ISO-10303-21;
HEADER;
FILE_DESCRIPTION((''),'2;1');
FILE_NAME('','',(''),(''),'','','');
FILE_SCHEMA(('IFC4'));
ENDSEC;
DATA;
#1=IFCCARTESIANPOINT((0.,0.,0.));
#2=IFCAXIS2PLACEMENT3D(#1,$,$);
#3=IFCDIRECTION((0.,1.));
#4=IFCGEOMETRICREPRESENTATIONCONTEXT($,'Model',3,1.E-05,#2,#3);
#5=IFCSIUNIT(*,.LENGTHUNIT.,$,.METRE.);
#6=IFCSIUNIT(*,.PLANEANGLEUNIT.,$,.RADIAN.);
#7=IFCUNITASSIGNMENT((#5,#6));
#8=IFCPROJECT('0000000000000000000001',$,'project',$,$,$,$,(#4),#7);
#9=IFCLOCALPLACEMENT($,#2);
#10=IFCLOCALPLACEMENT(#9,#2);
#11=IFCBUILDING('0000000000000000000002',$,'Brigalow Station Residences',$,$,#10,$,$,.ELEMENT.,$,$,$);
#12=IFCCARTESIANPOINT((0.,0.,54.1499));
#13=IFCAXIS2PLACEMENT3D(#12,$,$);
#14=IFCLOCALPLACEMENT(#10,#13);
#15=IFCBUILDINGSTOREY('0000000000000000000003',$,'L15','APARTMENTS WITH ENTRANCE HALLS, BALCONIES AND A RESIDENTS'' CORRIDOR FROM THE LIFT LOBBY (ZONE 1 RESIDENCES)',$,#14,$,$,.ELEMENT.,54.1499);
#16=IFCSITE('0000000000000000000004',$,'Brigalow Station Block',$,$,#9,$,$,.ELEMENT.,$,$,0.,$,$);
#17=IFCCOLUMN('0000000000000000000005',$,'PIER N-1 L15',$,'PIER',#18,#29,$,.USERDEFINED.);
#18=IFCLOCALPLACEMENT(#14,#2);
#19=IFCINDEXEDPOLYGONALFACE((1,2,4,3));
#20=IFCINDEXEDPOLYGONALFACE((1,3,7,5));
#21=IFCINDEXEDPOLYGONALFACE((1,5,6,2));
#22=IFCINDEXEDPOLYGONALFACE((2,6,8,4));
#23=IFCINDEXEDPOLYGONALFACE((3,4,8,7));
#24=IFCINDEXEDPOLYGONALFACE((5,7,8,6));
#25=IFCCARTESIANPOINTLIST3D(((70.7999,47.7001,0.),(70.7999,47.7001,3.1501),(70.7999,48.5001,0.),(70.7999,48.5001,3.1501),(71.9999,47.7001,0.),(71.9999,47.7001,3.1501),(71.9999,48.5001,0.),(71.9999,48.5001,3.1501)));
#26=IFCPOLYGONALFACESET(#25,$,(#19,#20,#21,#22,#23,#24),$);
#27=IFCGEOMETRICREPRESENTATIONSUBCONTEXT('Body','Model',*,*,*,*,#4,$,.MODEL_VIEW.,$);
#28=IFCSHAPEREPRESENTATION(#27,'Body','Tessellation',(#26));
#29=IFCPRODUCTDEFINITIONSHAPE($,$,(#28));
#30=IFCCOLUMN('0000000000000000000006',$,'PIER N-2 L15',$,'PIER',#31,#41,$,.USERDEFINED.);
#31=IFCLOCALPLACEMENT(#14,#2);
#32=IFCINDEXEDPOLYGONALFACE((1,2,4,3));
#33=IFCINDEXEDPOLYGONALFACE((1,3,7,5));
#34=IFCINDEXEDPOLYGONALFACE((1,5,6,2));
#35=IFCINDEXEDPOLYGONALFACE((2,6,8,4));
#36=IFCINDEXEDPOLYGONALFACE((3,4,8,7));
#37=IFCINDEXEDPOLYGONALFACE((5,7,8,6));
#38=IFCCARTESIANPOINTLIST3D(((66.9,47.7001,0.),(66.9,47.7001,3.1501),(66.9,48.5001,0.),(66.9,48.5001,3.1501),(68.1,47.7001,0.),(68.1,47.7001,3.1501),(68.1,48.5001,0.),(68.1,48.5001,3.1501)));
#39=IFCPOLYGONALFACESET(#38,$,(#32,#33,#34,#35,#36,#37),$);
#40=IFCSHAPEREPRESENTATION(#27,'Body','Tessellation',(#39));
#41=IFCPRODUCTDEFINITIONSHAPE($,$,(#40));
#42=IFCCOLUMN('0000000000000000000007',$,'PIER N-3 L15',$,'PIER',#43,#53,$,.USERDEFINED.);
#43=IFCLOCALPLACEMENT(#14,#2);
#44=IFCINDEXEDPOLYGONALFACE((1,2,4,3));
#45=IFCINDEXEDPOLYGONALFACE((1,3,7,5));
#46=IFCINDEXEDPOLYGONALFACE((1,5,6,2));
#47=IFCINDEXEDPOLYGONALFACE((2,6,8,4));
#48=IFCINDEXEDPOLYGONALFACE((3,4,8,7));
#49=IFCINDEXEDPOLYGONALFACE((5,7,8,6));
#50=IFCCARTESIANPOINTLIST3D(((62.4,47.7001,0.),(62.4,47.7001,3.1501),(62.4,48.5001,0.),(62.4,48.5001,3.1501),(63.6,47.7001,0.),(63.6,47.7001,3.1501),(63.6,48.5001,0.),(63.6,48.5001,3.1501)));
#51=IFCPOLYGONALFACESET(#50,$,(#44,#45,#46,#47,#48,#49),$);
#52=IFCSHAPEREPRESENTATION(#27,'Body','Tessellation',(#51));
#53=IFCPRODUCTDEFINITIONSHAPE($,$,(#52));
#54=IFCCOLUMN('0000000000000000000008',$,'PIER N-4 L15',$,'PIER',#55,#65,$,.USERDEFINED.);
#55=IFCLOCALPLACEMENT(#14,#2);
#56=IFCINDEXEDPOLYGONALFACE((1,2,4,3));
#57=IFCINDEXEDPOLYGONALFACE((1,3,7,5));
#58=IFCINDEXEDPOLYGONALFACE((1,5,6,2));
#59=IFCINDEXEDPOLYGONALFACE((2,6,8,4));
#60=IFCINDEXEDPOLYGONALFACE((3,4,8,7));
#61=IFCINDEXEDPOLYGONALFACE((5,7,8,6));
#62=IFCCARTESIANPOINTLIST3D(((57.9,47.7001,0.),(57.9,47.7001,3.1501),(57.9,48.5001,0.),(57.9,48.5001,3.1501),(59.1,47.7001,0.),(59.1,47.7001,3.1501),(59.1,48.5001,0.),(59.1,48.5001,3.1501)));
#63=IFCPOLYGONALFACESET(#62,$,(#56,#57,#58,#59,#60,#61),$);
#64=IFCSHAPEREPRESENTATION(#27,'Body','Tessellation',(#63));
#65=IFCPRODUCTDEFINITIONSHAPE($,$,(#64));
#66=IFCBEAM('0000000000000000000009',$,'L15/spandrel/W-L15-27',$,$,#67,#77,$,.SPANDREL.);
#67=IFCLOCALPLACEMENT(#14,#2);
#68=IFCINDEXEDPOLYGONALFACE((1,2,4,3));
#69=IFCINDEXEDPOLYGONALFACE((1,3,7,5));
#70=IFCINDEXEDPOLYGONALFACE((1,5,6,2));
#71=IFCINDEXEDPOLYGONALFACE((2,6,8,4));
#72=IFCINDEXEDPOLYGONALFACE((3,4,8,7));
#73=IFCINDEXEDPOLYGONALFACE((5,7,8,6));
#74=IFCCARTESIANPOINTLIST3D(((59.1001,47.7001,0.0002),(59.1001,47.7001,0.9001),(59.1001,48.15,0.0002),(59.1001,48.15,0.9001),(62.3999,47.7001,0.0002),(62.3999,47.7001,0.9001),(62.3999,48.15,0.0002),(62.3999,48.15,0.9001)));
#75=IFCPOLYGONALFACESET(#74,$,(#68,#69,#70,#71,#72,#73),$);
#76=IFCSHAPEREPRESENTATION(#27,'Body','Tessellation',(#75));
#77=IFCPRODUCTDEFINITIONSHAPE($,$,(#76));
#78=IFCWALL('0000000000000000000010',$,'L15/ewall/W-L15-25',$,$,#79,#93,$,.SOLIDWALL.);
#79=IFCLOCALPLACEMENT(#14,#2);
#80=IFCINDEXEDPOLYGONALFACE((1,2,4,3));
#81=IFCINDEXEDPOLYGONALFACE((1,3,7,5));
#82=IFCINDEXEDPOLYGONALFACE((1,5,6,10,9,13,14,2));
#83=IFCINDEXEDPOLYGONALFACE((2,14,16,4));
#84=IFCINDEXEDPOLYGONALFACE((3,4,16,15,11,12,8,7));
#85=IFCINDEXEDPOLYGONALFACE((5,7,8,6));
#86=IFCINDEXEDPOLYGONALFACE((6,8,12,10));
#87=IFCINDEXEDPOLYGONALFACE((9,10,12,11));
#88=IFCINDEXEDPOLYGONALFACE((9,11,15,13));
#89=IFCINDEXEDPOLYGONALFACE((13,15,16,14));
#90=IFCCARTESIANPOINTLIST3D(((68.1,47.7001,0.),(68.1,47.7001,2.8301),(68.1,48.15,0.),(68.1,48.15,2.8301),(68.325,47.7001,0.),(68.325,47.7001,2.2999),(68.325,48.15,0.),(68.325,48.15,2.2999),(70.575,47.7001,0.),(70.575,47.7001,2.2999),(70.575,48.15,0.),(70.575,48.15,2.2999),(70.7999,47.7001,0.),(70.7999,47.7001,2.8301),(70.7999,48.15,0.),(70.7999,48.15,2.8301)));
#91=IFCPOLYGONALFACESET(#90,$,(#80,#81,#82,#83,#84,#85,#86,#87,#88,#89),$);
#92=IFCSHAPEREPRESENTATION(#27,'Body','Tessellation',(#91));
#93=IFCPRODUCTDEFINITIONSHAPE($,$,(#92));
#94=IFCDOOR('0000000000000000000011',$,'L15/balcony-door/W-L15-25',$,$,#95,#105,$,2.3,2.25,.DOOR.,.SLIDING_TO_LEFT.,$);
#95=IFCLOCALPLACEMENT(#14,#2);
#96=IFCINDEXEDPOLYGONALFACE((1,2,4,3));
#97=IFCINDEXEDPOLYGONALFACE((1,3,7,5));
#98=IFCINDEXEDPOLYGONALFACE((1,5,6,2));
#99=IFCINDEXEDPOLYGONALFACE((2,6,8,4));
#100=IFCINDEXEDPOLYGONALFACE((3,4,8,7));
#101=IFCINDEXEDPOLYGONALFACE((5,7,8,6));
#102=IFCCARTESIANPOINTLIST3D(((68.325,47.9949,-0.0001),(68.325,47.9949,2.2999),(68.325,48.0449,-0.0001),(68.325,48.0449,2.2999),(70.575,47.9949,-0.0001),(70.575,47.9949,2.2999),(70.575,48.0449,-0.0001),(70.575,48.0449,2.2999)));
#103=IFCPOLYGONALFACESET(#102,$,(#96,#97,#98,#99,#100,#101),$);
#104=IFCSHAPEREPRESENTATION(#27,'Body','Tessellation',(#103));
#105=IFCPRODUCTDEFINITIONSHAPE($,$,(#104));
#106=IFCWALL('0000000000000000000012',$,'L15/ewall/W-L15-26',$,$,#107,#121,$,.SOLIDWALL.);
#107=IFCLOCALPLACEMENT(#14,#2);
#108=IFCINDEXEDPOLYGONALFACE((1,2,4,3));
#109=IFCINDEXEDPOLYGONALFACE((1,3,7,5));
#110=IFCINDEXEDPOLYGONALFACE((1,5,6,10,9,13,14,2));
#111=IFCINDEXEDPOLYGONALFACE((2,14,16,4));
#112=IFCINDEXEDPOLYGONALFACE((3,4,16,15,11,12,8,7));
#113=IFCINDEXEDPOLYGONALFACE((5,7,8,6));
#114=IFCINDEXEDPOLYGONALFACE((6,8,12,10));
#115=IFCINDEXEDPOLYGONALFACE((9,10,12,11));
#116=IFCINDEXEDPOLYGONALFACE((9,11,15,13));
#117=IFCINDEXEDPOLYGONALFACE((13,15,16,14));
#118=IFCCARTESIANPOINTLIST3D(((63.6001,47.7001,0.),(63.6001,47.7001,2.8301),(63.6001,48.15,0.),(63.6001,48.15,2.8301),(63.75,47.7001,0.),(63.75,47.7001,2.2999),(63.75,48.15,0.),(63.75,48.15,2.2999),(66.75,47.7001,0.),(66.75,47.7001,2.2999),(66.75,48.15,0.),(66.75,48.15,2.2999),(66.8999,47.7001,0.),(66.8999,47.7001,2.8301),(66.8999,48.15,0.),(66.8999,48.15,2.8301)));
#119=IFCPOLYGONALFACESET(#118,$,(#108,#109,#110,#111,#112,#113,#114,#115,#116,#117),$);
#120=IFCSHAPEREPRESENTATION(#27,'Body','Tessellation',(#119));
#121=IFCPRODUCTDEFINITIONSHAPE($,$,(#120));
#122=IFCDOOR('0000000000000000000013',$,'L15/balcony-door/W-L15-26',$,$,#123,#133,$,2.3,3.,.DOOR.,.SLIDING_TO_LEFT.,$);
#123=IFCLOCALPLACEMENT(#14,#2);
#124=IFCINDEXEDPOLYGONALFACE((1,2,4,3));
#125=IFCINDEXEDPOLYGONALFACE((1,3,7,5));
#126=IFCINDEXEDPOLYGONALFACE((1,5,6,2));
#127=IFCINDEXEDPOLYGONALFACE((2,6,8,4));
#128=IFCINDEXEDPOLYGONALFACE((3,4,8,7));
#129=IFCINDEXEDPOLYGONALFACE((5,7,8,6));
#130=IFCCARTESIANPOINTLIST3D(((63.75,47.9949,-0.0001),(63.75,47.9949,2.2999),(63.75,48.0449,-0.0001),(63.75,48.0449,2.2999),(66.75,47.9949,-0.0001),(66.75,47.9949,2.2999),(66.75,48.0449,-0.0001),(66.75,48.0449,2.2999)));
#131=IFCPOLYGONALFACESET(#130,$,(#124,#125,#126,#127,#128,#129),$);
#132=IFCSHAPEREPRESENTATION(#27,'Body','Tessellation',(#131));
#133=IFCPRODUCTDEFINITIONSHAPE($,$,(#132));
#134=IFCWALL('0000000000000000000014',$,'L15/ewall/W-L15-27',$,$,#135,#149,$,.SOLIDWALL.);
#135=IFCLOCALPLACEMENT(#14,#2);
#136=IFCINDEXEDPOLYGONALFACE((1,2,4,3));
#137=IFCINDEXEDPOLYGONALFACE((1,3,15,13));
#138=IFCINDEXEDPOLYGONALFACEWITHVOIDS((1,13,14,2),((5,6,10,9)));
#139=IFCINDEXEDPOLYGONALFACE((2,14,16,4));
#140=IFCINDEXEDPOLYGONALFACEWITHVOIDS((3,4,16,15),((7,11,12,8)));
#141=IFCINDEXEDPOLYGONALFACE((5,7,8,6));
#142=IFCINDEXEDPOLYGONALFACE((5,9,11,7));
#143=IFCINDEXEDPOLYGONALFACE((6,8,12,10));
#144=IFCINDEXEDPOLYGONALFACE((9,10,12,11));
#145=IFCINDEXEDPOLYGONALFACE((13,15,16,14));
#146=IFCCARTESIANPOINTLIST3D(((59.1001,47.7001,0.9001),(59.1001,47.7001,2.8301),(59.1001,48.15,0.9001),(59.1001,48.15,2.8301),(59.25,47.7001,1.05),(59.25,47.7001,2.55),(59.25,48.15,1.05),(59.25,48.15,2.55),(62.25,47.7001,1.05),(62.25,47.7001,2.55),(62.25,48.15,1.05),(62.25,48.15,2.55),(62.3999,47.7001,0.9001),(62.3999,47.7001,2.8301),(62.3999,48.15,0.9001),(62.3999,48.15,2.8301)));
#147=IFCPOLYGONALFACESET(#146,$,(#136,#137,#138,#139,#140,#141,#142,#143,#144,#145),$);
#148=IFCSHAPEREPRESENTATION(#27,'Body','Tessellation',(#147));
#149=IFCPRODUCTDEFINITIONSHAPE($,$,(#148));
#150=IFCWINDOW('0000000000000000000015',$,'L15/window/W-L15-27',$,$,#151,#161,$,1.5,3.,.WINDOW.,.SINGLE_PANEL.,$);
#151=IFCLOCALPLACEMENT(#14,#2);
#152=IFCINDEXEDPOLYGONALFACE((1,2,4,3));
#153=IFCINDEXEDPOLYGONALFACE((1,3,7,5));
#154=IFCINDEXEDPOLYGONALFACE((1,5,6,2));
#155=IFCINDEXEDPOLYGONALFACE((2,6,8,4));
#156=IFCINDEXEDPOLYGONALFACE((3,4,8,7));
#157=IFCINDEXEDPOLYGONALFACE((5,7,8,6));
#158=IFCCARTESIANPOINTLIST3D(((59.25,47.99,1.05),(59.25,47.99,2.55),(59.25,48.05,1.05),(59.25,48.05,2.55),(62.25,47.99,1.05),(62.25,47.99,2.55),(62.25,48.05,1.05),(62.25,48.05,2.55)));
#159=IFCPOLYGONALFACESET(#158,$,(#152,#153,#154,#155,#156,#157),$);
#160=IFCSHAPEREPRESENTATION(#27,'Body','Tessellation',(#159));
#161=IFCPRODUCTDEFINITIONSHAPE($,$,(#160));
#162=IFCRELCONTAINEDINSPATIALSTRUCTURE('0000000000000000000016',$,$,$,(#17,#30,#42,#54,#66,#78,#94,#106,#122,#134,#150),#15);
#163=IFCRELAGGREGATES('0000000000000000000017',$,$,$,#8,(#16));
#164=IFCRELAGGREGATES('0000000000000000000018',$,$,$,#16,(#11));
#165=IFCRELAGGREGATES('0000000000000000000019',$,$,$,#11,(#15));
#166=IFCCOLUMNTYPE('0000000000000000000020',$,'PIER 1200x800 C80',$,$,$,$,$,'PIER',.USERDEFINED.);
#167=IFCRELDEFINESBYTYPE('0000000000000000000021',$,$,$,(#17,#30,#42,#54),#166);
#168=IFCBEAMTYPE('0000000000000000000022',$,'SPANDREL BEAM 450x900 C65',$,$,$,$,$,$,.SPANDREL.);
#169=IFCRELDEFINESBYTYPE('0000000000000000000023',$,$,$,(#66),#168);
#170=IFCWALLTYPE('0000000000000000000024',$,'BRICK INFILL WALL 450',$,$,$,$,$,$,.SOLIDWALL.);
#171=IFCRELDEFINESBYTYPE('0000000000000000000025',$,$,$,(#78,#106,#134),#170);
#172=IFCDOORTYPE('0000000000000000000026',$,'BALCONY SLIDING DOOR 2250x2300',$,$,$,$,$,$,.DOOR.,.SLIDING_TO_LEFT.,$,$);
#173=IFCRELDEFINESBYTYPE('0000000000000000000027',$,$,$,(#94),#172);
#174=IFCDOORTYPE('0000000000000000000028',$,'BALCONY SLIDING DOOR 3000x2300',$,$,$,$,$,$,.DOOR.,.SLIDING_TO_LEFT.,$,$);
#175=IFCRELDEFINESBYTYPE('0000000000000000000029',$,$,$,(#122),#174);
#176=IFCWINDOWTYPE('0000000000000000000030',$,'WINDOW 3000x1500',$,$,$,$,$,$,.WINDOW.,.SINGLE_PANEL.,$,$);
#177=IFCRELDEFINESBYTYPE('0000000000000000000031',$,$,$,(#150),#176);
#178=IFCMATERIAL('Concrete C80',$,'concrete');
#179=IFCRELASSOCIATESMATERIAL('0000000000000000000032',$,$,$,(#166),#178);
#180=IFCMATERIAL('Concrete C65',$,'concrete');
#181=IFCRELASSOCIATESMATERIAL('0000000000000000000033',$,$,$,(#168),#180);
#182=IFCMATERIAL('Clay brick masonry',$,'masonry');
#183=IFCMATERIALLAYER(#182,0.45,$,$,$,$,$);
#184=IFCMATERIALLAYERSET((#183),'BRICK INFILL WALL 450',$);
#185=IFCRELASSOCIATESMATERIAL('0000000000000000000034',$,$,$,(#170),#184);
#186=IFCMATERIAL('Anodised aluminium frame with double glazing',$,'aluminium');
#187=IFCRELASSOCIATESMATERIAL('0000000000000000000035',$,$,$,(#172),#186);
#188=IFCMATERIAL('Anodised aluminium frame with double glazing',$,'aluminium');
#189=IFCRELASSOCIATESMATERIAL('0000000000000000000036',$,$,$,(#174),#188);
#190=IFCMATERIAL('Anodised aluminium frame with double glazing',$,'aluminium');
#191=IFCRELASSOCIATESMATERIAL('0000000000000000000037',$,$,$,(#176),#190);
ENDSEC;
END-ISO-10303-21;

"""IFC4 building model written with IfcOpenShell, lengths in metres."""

from ifc_helpers import new_model, si_unit, direction, frame, frame_2d, origin, origin_2d, place, context, subcontext, project, spatial, rectangle, extrude, material, layer, layer_set, material_profile, profile_set, type_object, element, fill, save


model = new_model("IFC4")

# Units and contexts
model_context = context("Model", 3, precision=1e-05, world=origin(), true_north=direction((0.0, 1.0)))
body_context = subcontext(model_context, "Body", "Model", "MODEL_VIEW")
ifc_project = project(units=[si_unit("LENGTHUNIT", "METRE"), si_unit("PLANEANGLEUNIT", "RADIAN")], contexts=[model_context])

# Site, building, storey
site_placement = place(None, origin())
site = spatial("IfcSite", under=ifc_project, at=site_placement, Name="Brigalow Station Block", CompositionType="ELEMENT", RefElevation=0.0)
building_placement = place(site_placement, origin())
building = spatial("IfcBuilding", under=site, at=building_placement, Name="Brigalow Station Residences", CompositionType="ELEMENT")
storey_placement = place(building_placement, frame((0.0, 0.0, 54.1499)))
storey = spatial("IfcBuildingStorey", under=building, at=storey_placement, Name="L15", Description="APARTMENTS WITH ENTRANCE HALLS, BALCONIES AND A RESIDENTS' CORRIDOR FROM THE LIFT LOBBY (ZONE 1 RESIDENCES)", CompositionType="ELEMENT", Elevation=54.1499)

# Columns
ifc_material_1 = material(Name="Concrete C80", Category="concrete")
ifc_material_profile_1 = material_profile(ifc_material_1, rectangle(XDim=1.2, YDim=0.8, at=origin_2d()), Name="RC1200x800")
ifc_profile_set_1 = profile_set([ifc_material_profile_1], Name="Concrete C80")
column_type = type_object("IfcColumnType", Name="PIER 1200x800 C80", ElementType="PIER", PredefinedType="USERDEFINED", material=ifc_profile_set_1)
for number, where, z_axis, x_axis, name in (
    (1, (71.3999, 48.1001, 0.0), (0.0, 0.0, 1.0), (-1.0, 0.0, 0.0), "PIER N-1 L15"),
    (2, (67.5, 48.1001, 0.0), (0.0, 0.0, 1.0), (-1.0, 0.0, 0.0), "PIER N-2 L15"),
    (3, (63.0, 48.1001, 0.0), (0.0, 0.0, 1.0), (-1.0, 0.0, 0.0), "PIER N-3 L15"),
    (4, (58.5, 48.1001, 0.0), (0.0, 0.0, 1.0), (-1.0, 0.0, 0.0), "PIER N-4 L15"),
):
    element("IfcColumn", number, at=place(storey_placement, frame(where, z_axis=z_axis, x_axis=x_axis)), inside=storey, type_object=column_type, Name=name, ObjectType="PIER", PredefinedType="USERDEFINED", context=body_context, shape_type="SweptSolid", body=[
        extrude(rectangle(XDim=1.2, YDim=0.8, at=origin_2d()), origin(), (0.0, 0.0, 1.0), 3.1501),
    ])

# Beam
ifc_material_2 = material(Name="Concrete C65", Category="concrete")
ifc_material_profile_2 = material_profile(ifc_material_2, rectangle(XDim=0.45, YDim=0.8999, at=origin_2d()), Name="RC450x900")
ifc_profile_set_2 = profile_set([ifc_material_profile_2], Name="Concrete C65")
beam_type = type_object("IfcBeamType", Name="SPANDREL BEAM 450x900 C65", PredefinedType="SPANDREL", material=ifc_profile_set_2)
beam_placement = place(storey_placement, frame((62.3999, 47.925, 0.4502), z_axis=(-1.0, 0.0, 0.0), x_axis=(0.0, -1.0, 0.0)))
element("IfcBeam", 5, at=beam_placement, inside=storey, type_object=beam_type, Name="L15/spandrel/W-L15-27", PredefinedType="SPANDREL", context=body_context, shape_type="SweptSolid", body=[
    extrude(rectangle(XDim=0.45, YDim=0.8999, at=origin_2d()), origin(), (0.0, 0.0, 1.0), 3.2998),
])

# Walls, openings, doors
ifc_material_3 = material(Name="Clay brick masonry", Category="masonry")
ifc_layer_1 = layer(ifc_material_3, 0.45)
ifc_layer_set_1 = layer_set([ifc_layer_1], Name="BRICK INFILL WALL 450")
wall_type_1 = type_object("IfcWallType", Name="BRICK INFILL WALL 450", PredefinedType="SOLIDWALL", material=ifc_layer_set_1)
wall_1_placement = place(storey_placement, frame((70.8, 47.925, 0.0), z_axis=(0.0, 0.0, 1.0), x_axis=(-1.0, 0.0, 0.0)))
wall_1 = element("IfcWall", 6, at=wall_1_placement, inside=storey, type_object=wall_type_1, Name="L15/ewall/W-L15-25", PredefinedType="SOLIDWALL", context=body_context, shape_type="SweptSolid", body=[
    extrude(rectangle(XDim=2.7, YDim=0.45, at=frame_2d((1.3501, 0.0))), origin(), (0.0, 0.0, 1.0), 2.8301),
])
opening_1_placement = place(wall_1_placement, frame((0.2251, 0.0, 0.0)))
opening_1 = element("IfcOpeningElement", 7, at=opening_1_placement, cuts=wall_1, PredefinedType="OPENING", context=body_context, shape_type="SweptSolid", body=[
    extrude(rectangle(XDim=2.25, YDim=2.3, at=frame_2d((1.125, 1.1499))), frame((0.0, 0.2349, 0.0), z_axis=(0.0, -1.0, 0.0), x_axis=(1.0, 0.0, 0.0)), (0.0, 0.0, 1.0), 0.47),
])
ifc_material_4 = material(Name="Anodised aluminium frame with double glazing", Category="aluminium")
door_type_1 = type_object("IfcDoorType", Name="BALCONY SLIDING DOOR 2250x2300", OperationType="SLIDING_TO_LEFT", PredefinedType="DOOR", material=ifc_material_4)
door_1_placement = place(opening_1_placement, origin())
door_1 = element("IfcDoor", 8, at=door_1_placement, inside=storey, type_object=door_type_1, Name="L15/balcony-door/W-L15-25", OperationType="SLIDING_TO_LEFT", OverallHeight=2.3, OverallWidth=2.25, PredefinedType="DOOR", context=body_context, shape_type="SweptSolid", body=[
    extrude(rectangle(XDim=2.25, YDim=2.3, at=frame_2d((1.125, 1.1499))), frame((0.0, -0.0698, 0.0), z_axis=(0.0, -1.0, 0.0), x_axis=(1.0, 0.0, 0.0)), (0.0, 0.0, 1.0), 0.05),
])
fill(opening_1, door_1)
wall_2_placement = place(storey_placement, frame((66.8999, 47.925, 0.0), z_axis=(0.0, 0.0, 1.0), x_axis=(-1.0, 0.0, 0.0)))
wall_2 = element("IfcWall", 9, at=wall_2_placement, inside=storey, type_object=wall_type_1, Name="L15/ewall/W-L15-26", PredefinedType="SOLIDWALL", context=body_context, shape_type="SweptSolid", body=[
    extrude(rectangle(XDim=3.2998, YDim=0.45, at=frame_2d((1.6499, 0.0))), origin(), (0.0, 0.0, 1.0), 2.8301),
])
opening_2_placement = place(wall_2_placement, frame((0.1499, 0.0, 0.0)))
opening_2 = element("IfcOpeningElement", 10, at=opening_2_placement, cuts=wall_2, PredefinedType="OPENING", context=body_context, shape_type="SweptSolid", body=[
    extrude(rectangle(XDim=3.0, YDim=2.3, at=frame_2d((1.5, 1.1499))), frame((0.0, 0.2349, 0.0), z_axis=(0.0, -1.0, 0.0), x_axis=(1.0, 0.0, 0.0)), (0.0, 0.0, 1.0), 0.47),
])
ifc_material_5 = material(Name="Anodised aluminium frame with double glazing", Category="aluminium")
door_type_2 = type_object("IfcDoorType", Name="BALCONY SLIDING DOOR 3000x2300", OperationType="SLIDING_TO_LEFT", PredefinedType="DOOR", material=ifc_material_5)
door_2_placement = place(opening_2_placement, origin())
door_2 = element("IfcDoor", 11, at=door_2_placement, inside=storey, type_object=door_type_2, Name="L15/balcony-door/W-L15-26", OperationType="SLIDING_TO_LEFT", OverallHeight=2.3, OverallWidth=3.0, PredefinedType="DOOR", context=body_context, shape_type="SweptSolid", body=[
    extrude(rectangle(XDim=3.0, YDim=2.3, at=frame_2d((1.5, 1.1499))), frame((0.0, -0.0698, 0.0), z_axis=(0.0, -1.0, 0.0), x_axis=(1.0, 0.0, 0.0)), (0.0, 0.0, 1.0), 0.05),
])
fill(opening_2, door_2)

# Wall, opening, window
wall_3_placement = place(storey_placement, frame((62.3999, 47.925, 0.9001), z_axis=(0.0, 0.0, 1.0), x_axis=(-1.0, 0.0, 0.0)))
wall_3 = element("IfcWall", 12, at=wall_3_placement, inside=storey, type_object=wall_type_1, Name="L15/ewall/W-L15-27", PredefinedType="SOLIDWALL", context=body_context, shape_type="SweptSolid", body=[
    extrude(rectangle(XDim=3.2998, YDim=0.45, at=frame_2d((1.6499, 0.0))), origin(), (0.0, 0.0, 1.0), 1.9299),
])
opening_3_placement = place(wall_3_placement, frame((0.1499, 0.0, 0.1499)))
opening_3 = element("IfcOpeningElement", 13, at=opening_3_placement, cuts=wall_3, PredefinedType="OPENING", context=body_context, shape_type="SweptSolid", body=[
    extrude(rectangle(XDim=3.0, YDim=1.5, at=frame_2d((1.5, 0.75))), frame((0.0, 0.2349, 0.0), z_axis=(0.0, -1.0, 0.0), x_axis=(1.0, 0.0, 0.0)), (0.0, 0.0, 1.0), 0.47),
])
ifc_material_6 = material(Name="Anodised aluminium frame with double glazing", Category="aluminium")
window_type = type_object("IfcWindowType", Name="WINDOW 3000x1500", PartitioningType="SINGLE_PANEL", PredefinedType="WINDOW", material=ifc_material_6)
window_1_placement = place(opening_3_placement, origin())
window_1 = element("IfcWindow", 14, at=window_1_placement, inside=storey, type_object=window_type, Name="L15/window/W-L15-27", OverallHeight=1.5, OverallWidth=3.0, PartitioningType="SINGLE_PANEL", PredefinedType="WINDOW", context=body_context, shape_type="SweptSolid", body=[
    extrude(rectangle(XDim=3.0, YDim=1.5, at=frame_2d((1.5, 0.75))), frame((0.0, -0.0649, 0.0), z_axis=(0.0, -1.0, 0.0), x_axis=(1.0, 0.0, 0.0)), (0.0, 0.0, 1.0), 0.0601),
])
fill(opening_3, window_1)

save(model, "model.ifc")
